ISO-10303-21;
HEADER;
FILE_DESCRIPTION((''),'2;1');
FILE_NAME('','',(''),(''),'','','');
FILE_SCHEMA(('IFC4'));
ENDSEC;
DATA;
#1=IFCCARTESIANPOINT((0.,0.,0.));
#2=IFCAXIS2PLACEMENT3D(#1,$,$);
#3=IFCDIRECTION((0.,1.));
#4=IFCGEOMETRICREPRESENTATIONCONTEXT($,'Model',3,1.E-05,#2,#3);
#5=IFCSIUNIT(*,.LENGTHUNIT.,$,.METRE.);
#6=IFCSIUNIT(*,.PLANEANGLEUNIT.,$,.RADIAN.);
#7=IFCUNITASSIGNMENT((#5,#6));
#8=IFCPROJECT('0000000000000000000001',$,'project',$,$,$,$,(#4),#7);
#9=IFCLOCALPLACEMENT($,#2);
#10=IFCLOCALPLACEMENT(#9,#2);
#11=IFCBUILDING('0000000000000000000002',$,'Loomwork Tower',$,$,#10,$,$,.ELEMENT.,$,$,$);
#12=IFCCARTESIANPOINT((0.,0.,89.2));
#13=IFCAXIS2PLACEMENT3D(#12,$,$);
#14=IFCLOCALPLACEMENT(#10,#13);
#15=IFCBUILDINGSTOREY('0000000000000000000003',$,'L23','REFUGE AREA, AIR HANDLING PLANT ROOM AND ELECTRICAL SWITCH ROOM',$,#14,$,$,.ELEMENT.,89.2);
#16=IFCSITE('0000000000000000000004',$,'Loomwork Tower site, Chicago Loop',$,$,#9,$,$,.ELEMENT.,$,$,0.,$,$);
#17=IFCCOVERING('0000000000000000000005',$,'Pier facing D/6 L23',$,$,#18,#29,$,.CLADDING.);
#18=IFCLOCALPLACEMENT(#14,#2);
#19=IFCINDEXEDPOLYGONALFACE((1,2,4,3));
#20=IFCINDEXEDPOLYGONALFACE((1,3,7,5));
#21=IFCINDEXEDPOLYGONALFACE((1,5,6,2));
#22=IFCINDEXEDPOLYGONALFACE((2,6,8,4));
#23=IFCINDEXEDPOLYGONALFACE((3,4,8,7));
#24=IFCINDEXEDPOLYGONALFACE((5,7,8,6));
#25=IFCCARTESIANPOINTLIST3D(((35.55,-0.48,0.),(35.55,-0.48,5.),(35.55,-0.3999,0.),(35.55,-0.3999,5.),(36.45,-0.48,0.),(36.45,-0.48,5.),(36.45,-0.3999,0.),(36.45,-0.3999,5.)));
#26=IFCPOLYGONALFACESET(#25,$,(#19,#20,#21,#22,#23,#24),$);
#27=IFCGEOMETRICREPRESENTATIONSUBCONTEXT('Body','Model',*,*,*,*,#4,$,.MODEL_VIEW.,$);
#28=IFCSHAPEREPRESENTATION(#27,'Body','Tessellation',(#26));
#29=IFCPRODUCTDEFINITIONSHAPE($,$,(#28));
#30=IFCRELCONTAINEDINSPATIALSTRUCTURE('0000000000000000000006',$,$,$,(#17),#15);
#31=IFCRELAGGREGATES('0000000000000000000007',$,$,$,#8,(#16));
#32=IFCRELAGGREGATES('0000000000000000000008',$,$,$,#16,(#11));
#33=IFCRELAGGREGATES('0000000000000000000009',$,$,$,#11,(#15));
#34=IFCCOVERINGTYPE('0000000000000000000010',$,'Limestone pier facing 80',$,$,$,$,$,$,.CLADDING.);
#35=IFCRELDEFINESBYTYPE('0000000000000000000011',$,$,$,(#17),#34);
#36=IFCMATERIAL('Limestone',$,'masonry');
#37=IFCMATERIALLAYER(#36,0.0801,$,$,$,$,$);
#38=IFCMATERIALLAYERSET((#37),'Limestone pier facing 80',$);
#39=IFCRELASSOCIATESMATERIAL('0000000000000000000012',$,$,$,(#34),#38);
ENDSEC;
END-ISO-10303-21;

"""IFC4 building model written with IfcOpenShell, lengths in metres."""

from ifc_helpers import new_model, si_unit, direction, frame, origin, origin_2d, place, context, subcontext, project, spatial, rectangle, extrude, material, layer, layer_set, type_object, element, save


model = new_model("IFC4")

# Units and contexts
model_context = context("Model", 3, precision=1e-05, world=origin(), true_north=direction((0.0, 1.0)))
body_context = subcontext(model_context, "Body", "Model", "MODEL_VIEW")
ifc_project = project(units=[si_unit("LENGTHUNIT", "METRE"), si_unit("PLANEANGLEUNIT", "RADIAN")], contexts=[model_context])

# Site, building, storey
site_placement = place(None, origin())
site = spatial("IfcSite", under=ifc_project, at=site_placement, Name="Loomwork Tower site, Chicago Loop", CompositionType="ELEMENT", RefElevation=0.0)
building_placement = place(site_placement, origin())
building = spatial("IfcBuilding", under=site, at=building_placement, Name="Loomwork Tower", CompositionType="ELEMENT")
storey_placement = place(building_placement, frame((0.0, 0.0, 89.2)))
storey = spatial("IfcBuildingStorey", under=building, at=storey_placement, Name="L23", Description="REFUGE AREA, AIR HANDLING PLANT ROOM AND ELECTRICAL SWITCH ROOM", CompositionType="ELEMENT", Elevation=89.2)

# Covering
ifc_material_1 = material(Name="Limestone", Category="masonry")
ifc_layer_1 = layer(ifc_material_1, 0.0801)
ifc_layer_set_1 = layer_set([ifc_layer_1], Name="Limestone pier facing 80")
covering_type = type_object("IfcCoveringType", Name="Limestone pier facing 80", PredefinedType="CLADDING", material=ifc_layer_set_1)
covering_placement = place(storey_placement, frame((36.0, -0.4399, 0.0), z_axis=(0.0, 0.0, 1.0), x_axis=(1.0, 0.0, 0.0)))
element("IfcCovering", 1, at=covering_placement, inside=storey, type_object=covering_type, Name="Pier facing D/6 L23", PredefinedType="CLADDING", context=body_context, shape_type="SweptSolid", body=[
    extrude(rectangle(XDim=0.8999, YDim=0.0801, at=origin_2d()), origin(), (0.0, 0.0, 1.0), 5.0),
])

save(model, "model.ifc")
